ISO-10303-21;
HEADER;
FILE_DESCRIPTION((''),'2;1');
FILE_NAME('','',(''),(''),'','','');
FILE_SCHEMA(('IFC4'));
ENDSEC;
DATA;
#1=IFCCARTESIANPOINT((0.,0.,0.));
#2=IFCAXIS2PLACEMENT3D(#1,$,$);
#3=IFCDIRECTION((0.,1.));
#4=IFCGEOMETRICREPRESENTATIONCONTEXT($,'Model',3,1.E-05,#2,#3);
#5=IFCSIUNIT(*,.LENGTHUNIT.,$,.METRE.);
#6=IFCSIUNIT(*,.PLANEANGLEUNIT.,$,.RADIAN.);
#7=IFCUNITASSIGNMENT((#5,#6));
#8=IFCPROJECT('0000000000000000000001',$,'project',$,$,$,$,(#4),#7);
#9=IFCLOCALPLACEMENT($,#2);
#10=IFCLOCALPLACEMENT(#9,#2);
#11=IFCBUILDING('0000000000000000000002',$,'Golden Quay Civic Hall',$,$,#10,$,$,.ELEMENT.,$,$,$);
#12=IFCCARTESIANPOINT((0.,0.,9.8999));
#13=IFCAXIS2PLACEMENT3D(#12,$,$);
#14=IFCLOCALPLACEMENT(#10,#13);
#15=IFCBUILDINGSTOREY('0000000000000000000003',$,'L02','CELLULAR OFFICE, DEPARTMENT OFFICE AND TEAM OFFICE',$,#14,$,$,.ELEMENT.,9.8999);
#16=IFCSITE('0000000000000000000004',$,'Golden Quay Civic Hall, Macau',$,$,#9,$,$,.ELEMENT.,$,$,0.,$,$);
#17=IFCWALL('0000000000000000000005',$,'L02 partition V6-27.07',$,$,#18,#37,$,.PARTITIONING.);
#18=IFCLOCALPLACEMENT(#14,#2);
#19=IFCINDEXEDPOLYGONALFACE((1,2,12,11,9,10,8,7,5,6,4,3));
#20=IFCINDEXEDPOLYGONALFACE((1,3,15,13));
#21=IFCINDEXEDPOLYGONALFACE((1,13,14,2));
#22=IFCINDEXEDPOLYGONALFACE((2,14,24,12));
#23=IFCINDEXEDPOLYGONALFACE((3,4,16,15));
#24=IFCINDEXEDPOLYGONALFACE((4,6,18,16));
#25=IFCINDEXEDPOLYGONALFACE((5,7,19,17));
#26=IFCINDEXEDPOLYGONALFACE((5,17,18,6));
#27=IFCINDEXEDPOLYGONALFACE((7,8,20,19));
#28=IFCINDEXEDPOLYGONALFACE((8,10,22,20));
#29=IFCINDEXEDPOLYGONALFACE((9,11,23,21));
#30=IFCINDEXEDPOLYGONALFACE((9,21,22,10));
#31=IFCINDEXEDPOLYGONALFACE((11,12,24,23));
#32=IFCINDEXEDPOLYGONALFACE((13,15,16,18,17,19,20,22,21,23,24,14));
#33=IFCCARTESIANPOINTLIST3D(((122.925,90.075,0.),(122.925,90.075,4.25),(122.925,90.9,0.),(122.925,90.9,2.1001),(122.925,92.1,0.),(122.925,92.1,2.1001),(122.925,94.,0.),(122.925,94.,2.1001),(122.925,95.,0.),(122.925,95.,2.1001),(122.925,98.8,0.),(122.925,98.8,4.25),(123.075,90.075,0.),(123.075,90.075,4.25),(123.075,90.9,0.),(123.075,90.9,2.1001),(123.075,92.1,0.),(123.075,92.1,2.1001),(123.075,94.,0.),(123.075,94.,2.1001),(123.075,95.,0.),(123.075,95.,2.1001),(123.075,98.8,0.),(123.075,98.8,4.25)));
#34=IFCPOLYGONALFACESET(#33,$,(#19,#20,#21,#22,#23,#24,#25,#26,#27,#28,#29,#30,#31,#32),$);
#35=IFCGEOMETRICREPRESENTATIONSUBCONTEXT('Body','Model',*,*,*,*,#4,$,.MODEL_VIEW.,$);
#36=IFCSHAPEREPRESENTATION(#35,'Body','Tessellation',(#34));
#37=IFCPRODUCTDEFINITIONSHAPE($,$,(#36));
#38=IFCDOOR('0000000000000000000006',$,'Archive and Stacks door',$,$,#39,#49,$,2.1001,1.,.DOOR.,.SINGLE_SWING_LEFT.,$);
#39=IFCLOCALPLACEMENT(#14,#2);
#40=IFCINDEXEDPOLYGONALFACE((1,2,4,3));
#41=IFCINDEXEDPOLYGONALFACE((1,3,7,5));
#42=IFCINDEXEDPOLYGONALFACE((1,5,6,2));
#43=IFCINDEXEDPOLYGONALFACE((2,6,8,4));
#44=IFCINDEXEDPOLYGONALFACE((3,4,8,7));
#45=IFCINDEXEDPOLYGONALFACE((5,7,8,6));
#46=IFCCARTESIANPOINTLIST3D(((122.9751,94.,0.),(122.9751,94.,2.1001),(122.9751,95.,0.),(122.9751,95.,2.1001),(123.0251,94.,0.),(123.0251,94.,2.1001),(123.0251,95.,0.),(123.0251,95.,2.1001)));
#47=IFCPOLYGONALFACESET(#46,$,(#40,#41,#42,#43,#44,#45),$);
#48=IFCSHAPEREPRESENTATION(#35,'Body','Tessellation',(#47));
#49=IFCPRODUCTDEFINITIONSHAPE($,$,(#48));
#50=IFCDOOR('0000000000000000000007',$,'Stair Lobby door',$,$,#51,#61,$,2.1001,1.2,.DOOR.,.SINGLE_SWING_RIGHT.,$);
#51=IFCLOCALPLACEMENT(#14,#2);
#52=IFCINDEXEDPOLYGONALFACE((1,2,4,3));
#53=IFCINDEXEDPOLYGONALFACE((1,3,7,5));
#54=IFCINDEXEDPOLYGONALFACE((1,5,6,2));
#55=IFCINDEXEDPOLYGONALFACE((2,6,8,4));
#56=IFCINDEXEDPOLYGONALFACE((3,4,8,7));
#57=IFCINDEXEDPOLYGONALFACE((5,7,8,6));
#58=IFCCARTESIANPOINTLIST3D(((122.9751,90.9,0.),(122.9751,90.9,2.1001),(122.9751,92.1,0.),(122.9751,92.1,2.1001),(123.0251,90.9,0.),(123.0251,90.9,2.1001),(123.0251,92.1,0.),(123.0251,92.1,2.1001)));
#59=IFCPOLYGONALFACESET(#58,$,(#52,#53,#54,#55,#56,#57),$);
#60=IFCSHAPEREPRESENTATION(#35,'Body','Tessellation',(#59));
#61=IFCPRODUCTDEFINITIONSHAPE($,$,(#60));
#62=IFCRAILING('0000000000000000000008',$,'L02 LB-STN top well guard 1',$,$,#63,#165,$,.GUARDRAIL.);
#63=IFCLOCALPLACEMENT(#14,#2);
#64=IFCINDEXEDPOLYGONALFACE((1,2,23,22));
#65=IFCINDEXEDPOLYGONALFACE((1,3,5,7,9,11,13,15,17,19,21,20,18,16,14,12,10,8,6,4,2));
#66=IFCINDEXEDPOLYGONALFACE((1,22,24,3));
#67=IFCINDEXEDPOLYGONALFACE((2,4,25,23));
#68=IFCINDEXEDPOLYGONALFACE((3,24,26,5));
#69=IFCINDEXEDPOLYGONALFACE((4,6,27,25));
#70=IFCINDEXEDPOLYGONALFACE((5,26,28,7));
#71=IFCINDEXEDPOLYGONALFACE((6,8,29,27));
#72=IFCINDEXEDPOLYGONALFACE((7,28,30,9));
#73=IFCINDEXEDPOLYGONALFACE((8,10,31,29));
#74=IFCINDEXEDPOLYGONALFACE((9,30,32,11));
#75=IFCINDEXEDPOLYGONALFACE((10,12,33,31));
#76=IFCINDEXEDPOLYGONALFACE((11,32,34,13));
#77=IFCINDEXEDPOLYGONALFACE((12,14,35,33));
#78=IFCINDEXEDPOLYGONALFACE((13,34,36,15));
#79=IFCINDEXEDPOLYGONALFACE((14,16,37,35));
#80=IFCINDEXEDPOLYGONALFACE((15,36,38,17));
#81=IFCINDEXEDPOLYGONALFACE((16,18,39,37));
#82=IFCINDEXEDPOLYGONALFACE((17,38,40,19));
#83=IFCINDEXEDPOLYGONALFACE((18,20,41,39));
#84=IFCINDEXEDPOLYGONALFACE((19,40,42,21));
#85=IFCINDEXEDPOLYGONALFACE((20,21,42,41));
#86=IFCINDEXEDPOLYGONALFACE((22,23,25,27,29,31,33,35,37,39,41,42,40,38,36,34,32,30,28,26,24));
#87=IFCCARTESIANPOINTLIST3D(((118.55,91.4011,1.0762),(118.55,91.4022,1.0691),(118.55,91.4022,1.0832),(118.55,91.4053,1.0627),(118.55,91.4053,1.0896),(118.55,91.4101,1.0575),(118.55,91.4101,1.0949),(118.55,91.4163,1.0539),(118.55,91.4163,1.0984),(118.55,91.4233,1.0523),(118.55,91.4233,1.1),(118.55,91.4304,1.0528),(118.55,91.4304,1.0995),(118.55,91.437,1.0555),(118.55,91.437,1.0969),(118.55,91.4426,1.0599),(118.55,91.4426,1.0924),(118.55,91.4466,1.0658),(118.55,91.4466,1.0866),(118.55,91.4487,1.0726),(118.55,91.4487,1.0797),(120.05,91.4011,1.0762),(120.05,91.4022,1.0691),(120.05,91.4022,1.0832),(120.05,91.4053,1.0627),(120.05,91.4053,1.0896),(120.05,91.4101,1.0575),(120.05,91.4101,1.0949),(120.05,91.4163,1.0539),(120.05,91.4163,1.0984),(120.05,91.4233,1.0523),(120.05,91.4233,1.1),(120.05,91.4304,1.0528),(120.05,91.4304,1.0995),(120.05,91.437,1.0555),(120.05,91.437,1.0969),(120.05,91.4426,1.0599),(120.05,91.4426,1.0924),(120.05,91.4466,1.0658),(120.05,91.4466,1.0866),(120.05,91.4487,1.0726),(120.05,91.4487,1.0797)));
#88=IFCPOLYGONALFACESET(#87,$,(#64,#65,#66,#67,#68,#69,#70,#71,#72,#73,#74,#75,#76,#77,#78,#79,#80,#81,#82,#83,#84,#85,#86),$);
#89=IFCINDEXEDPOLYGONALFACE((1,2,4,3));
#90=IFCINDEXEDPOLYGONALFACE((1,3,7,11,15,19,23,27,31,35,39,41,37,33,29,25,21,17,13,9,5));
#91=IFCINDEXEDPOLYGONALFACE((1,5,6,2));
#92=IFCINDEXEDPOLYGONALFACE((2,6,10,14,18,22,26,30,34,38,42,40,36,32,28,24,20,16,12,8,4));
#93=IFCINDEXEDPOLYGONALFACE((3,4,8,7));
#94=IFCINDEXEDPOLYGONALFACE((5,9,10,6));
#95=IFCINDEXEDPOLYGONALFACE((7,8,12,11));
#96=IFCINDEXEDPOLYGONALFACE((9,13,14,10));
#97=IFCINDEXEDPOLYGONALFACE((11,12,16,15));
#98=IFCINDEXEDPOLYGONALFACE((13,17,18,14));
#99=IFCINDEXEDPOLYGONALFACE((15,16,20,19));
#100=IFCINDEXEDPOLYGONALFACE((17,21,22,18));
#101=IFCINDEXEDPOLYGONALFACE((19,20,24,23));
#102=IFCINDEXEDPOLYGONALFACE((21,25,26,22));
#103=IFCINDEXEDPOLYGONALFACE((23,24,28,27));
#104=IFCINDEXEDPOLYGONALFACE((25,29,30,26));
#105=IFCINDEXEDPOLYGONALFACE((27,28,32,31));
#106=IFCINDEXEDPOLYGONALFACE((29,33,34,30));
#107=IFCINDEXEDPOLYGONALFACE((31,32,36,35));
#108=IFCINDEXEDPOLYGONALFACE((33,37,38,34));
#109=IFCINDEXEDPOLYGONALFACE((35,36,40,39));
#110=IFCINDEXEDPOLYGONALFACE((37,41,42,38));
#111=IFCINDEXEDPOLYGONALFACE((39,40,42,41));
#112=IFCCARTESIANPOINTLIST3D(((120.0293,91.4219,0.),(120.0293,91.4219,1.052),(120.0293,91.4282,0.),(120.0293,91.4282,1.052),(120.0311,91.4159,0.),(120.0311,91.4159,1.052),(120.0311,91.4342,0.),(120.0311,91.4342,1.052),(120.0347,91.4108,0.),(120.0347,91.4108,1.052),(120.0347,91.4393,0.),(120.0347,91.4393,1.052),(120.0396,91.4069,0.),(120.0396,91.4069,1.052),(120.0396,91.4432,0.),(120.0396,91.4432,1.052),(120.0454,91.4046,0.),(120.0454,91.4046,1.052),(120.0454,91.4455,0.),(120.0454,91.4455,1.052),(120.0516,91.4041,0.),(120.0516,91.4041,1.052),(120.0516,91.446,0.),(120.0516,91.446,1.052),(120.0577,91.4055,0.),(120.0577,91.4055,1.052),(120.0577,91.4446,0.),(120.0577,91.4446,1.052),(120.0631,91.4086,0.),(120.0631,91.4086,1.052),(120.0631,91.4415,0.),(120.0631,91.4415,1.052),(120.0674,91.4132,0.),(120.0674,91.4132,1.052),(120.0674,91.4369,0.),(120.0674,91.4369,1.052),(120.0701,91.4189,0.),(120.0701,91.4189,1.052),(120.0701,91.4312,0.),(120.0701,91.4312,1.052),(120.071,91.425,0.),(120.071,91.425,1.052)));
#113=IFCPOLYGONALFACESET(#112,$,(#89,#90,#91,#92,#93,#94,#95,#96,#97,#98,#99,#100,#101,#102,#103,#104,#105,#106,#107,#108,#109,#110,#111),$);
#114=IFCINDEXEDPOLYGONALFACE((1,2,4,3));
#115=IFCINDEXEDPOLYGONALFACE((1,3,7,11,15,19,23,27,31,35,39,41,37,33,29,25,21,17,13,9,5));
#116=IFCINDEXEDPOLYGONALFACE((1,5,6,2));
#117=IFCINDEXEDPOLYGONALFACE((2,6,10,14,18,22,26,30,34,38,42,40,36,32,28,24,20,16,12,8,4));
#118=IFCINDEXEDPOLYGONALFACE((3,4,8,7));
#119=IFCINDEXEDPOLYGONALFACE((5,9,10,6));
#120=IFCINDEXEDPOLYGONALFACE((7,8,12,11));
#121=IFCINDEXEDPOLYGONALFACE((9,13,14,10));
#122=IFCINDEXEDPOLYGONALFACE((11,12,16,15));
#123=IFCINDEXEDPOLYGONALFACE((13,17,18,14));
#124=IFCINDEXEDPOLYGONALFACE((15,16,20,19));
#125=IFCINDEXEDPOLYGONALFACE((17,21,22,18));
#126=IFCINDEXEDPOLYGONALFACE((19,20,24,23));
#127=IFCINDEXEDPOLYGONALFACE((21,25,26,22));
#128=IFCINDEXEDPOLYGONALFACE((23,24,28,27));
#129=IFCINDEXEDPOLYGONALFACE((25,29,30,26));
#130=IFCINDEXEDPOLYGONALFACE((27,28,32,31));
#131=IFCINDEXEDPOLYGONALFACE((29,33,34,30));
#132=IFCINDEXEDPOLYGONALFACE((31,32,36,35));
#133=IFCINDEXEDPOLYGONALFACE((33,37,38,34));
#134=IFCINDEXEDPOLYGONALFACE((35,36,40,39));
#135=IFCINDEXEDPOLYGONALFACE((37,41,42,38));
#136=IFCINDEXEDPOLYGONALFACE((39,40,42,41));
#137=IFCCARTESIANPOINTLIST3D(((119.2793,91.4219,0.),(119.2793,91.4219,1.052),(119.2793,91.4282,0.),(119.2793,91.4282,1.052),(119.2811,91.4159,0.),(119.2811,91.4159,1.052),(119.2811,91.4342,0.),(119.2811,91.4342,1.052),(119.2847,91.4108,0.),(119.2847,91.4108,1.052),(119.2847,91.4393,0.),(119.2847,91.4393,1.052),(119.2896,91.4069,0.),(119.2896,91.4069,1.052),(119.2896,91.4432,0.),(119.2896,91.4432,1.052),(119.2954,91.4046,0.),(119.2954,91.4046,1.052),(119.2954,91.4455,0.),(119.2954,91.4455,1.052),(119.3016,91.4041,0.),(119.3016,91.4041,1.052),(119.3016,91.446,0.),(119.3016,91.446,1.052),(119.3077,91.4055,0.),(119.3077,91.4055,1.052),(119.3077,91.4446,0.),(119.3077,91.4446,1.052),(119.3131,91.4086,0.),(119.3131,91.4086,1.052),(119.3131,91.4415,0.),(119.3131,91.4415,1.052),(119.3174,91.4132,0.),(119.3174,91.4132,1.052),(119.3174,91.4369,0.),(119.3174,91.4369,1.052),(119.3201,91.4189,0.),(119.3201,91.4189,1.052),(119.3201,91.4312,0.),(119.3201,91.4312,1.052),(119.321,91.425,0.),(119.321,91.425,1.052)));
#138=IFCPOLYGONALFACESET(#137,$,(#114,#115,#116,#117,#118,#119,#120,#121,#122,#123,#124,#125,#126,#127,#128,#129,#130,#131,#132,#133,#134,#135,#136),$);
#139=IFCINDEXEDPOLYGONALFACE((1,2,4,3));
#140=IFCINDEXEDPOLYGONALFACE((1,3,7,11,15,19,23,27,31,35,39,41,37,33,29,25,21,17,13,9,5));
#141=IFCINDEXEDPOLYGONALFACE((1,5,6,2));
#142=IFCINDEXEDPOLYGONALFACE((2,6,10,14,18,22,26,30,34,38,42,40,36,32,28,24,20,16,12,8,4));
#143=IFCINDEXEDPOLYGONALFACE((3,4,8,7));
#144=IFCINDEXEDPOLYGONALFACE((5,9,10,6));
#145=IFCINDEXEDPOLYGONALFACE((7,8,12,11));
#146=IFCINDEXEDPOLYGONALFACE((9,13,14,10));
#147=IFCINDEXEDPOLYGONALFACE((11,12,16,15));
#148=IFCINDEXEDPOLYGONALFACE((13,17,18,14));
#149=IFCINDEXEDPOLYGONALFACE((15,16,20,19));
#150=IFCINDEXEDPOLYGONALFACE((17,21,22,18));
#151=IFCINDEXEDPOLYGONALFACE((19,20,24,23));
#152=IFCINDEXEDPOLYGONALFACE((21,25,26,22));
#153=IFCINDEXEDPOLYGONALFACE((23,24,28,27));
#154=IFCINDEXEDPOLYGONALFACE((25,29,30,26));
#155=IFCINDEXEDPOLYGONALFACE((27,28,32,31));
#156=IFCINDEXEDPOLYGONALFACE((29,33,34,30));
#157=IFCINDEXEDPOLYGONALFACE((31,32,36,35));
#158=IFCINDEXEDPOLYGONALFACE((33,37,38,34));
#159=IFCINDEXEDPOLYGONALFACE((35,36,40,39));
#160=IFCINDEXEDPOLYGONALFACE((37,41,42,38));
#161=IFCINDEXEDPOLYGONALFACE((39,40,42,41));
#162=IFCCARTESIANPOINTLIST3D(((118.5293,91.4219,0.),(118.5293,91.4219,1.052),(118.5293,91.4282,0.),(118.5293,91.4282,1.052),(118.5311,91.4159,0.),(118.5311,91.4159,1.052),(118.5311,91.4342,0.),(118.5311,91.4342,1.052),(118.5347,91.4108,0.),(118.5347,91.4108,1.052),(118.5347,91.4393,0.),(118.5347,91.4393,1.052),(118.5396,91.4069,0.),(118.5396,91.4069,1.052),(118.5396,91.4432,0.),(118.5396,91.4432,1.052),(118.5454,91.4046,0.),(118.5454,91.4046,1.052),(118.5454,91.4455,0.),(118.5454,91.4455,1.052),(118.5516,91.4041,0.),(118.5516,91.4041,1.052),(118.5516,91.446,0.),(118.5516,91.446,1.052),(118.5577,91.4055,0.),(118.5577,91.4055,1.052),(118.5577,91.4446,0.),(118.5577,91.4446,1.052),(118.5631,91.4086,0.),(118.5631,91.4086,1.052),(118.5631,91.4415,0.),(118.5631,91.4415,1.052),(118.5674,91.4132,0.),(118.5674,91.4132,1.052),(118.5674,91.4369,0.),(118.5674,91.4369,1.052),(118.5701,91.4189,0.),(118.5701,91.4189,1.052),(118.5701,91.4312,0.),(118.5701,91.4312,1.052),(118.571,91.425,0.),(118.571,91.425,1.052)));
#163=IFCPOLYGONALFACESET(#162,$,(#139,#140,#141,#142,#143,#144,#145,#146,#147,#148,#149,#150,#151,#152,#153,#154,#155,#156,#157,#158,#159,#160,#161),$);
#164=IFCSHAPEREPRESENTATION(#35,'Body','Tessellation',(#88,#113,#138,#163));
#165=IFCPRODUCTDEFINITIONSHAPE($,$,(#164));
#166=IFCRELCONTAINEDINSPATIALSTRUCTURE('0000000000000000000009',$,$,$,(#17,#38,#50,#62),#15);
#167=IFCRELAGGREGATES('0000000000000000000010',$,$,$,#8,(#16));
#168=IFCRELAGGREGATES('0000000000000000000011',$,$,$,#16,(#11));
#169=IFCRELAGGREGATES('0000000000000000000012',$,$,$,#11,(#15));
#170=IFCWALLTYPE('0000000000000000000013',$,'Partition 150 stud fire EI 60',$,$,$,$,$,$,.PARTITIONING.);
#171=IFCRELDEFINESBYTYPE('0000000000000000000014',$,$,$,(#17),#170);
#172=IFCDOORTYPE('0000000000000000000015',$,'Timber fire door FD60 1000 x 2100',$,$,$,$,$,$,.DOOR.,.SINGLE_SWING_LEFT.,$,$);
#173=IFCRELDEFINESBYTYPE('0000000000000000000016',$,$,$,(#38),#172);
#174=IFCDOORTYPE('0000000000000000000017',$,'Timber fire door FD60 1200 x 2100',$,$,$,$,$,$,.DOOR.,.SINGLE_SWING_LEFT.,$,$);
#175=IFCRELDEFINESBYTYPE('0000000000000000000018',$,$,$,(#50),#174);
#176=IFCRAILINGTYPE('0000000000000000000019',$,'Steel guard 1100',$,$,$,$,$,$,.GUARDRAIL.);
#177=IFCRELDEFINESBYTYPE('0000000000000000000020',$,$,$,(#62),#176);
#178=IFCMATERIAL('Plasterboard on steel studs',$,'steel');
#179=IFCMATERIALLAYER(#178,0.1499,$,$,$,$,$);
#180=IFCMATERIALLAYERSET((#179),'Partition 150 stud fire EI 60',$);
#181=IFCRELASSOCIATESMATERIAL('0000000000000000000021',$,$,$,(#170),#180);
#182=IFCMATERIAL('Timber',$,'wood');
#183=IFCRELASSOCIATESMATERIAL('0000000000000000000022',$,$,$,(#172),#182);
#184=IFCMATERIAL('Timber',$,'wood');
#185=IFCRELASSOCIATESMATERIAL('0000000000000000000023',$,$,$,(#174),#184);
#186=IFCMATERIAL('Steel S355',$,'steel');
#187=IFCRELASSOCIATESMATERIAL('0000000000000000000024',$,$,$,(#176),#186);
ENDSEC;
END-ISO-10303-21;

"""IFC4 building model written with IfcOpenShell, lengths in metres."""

from ifc_helpers import new_model, si_unit, direction, frame, frame_2d, origin, origin_2d, place, context, subcontext, project, spatial, rectangle, circle, extrude, material, layer, layer_set, type_object, element, fill, save


model = new_model("IFC4")

# Units and contexts
model_context = context("Model", 3, precision=1e-05, world=origin(), true_north=direction((0.0, 1.0)))
body_context = subcontext(model_context, "Body", "Model", "MODEL_VIEW")
ifc_project = project(units=[si_unit("LENGTHUNIT", "METRE"), si_unit("PLANEANGLEUNIT", "RADIAN")], contexts=[model_context])

# Site, building, storey
site_placement = place(None, origin())
site = spatial("IfcSite", under=ifc_project, at=site_placement, Name="Golden Quay Civic Hall, Macau", CompositionType="ELEMENT", RefElevation=0.0)
building_placement = place(site_placement, origin())
building = spatial("IfcBuilding", under=site, at=building_placement, Name="Golden Quay Civic Hall", CompositionType="ELEMENT")
storey_placement = place(building_placement, frame((0.0, 0.0, 9.8999)))
storey = spatial("IfcBuildingStorey", under=building, at=storey_placement, Name="L02", Description="CELLULAR OFFICE, DEPARTMENT OFFICE AND TEAM OFFICE", CompositionType="ELEMENT", Elevation=9.8999)

# Shared definitions
ifc_material_1 = material(Name="Plasterboard on steel studs", Category="steel")
ifc_layer_1 = layer(ifc_material_1, 0.1499)
ifc_layer_set_1 = layer_set([ifc_layer_1], Name="Partition 150 stud fire EI 60")
wall_type_1 = type_object("IfcWallType", Name="Partition 150 stud fire EI 60", PredefinedType="PARTITIONING", material=ifc_layer_set_1)

# Wall, openings, doors
wall_1_placement = place(storey_placement, frame((123.0, 90.075, 0.0), z_axis=(0.0, 0.0, 1.0), x_axis=(0.0, 1.0, 0.0)))
wall_1 = element("IfcWall", 1, at=wall_1_placement, inside=storey, type_object=wall_type_1, Name="L02 partition V6-27.07", PredefinedType="PARTITIONING", context=body_context, shape_type="SweptSolid", body=[
    extrude(rectangle(XDim=8.7251, YDim=0.1499, at=frame_2d((4.3625, 0.0))), origin(), (0.0, 0.0, 1.0), 4.25),
])
opening_1_placement = place(wall_1_placement, frame((0.825, 0.0, 0.0)))
opening_1 = element("IfcOpeningElement", 2, at=opening_1_placement, cuts=wall_1, PredefinedType="OPENING", context=body_context, shape_type="SweptSolid", body=[
    extrude(rectangle(XDim=1.2, YDim=2.1001, at=frame_2d((0.6001, 1.05))), frame((0.0, 0.085, 0.0), z_axis=(0.0, -1.0, 0.0), x_axis=(1.0, 0.0, 0.0)), (0.0, 0.0, 1.0), 0.1699),
])
opening_2_placement = place(wall_1_placement, frame((3.925, 0.0, 0.0)))
opening_2 = element("IfcOpeningElement", 3, at=opening_2_placement, cuts=wall_1, PredefinedType="OPENING", context=body_context, shape_type="SweptSolid", body=[
    extrude(rectangle(XDim=1.0, YDim=2.1001, at=frame_2d((0.5, 1.05))), frame((0.0, 0.085, 0.0), z_axis=(0.0, -1.0, 0.0), x_axis=(1.0, 0.0, 0.0)), (0.0, 0.0, 1.0), 0.1699),
])
ifc_material_2 = material(Name="Timber", Category="wood")
door_type_1 = type_object("IfcDoorType", Name="Timber fire door FD60 1000 x 2100", OperationType="SINGLE_SWING_LEFT", PredefinedType="DOOR", material=ifc_material_2)
door_1_placement = place(opening_2_placement, origin())
door_1 = element("IfcDoor", 4, at=door_1_placement, inside=storey, type_object=door_type_1, Name="Archive and Stacks door", OperationType="SINGLE_SWING_LEFT", OverallHeight=2.1001, OverallWidth=1.0, PredefinedType="DOOR", context=body_context, shape_type="SweptSolid", body=[
    extrude(rectangle(XDim=1.0, YDim=2.1001, at=frame_2d((0.5, 1.05))), frame((0.0, 0.0249, 0.0), z_axis=(0.0, -1.0, 0.0), x_axis=(1.0, 0.0, 0.0)), (0.0, 0.0, 1.0), 0.05),
])
fill(opening_2, door_1)
ifc_material_3 = material(Name="Timber", Category="wood")
door_type_2 = type_object("IfcDoorType", Name="Timber fire door FD60 1200 x 2100", OperationType="SINGLE_SWING_LEFT", PredefinedType="DOOR", material=ifc_material_3)
door_2_placement = place(opening_1_placement, frame((1.2, 0.0, 0.0), z_axis=(0.0, 0.0, 1.0), x_axis=(-1.0, 0.0, 0.0)))
door_2 = element("IfcDoor", 5, at=door_2_placement, inside=storey, type_object=door_type_2, Name="Stair Lobby door", OperationType="SINGLE_SWING_RIGHT", OverallHeight=2.1001, OverallWidth=1.2, PredefinedType="DOOR", context=body_context, shape_type="SweptSolid", body=[
    extrude(rectangle(XDim=1.2, YDim=2.1001, at=frame_2d((0.5999, 1.05))), frame((0.0, 0.0251, 0.0), z_axis=(0.0, -1.0, 0.0), x_axis=(1.0, 0.0, 0.0)), (0.0, 0.0, 1.0), 0.05),
])
fill(opening_1, door_2)

# Railing
ifc_material_4 = material(Name="Steel S355", Category="steel")
railing_type = type_object("IfcRailingType", Name="Steel guard 1100", PredefinedType="GUARDRAIL", material=ifc_material_4)
railing_placement = place(storey_placement, frame((120.05, 91.425, 0.0)))
element("IfcRailing", 6, at=railing_placement, inside=storey, type_object=railing_type, Name="L02 LB-STN top well guard 1", PredefinedType="GUARDRAIL", context=body_context, shape_type="SweptSolid", body=[
    extrude(circle(Radius=0.0239, at=origin_2d()), frame((0.0, 0.0, 1.0762), z_axis=(-1.0, 0.0, 0.0), x_axis=(0.0, -1.0, 0.0)), (0.0, 0.0, 1.0), 1.5),
    extrude(circle(Radius=0.021, at=origin_2d()), origin(), (0.0, 0.0, 1.0), 1.052),
    extrude(circle(Radius=0.021, at=origin_2d()), frame((-0.75, 0.0, 0.0)), (0.0, 0.0, 1.0), 1.052),
    extrude(circle(Radius=0.021, at=origin_2d()), frame((-1.5, 0.0, 0.0)), (0.0, 0.0, 1.0), 1.052),
])

save(model, "model.ifc")
